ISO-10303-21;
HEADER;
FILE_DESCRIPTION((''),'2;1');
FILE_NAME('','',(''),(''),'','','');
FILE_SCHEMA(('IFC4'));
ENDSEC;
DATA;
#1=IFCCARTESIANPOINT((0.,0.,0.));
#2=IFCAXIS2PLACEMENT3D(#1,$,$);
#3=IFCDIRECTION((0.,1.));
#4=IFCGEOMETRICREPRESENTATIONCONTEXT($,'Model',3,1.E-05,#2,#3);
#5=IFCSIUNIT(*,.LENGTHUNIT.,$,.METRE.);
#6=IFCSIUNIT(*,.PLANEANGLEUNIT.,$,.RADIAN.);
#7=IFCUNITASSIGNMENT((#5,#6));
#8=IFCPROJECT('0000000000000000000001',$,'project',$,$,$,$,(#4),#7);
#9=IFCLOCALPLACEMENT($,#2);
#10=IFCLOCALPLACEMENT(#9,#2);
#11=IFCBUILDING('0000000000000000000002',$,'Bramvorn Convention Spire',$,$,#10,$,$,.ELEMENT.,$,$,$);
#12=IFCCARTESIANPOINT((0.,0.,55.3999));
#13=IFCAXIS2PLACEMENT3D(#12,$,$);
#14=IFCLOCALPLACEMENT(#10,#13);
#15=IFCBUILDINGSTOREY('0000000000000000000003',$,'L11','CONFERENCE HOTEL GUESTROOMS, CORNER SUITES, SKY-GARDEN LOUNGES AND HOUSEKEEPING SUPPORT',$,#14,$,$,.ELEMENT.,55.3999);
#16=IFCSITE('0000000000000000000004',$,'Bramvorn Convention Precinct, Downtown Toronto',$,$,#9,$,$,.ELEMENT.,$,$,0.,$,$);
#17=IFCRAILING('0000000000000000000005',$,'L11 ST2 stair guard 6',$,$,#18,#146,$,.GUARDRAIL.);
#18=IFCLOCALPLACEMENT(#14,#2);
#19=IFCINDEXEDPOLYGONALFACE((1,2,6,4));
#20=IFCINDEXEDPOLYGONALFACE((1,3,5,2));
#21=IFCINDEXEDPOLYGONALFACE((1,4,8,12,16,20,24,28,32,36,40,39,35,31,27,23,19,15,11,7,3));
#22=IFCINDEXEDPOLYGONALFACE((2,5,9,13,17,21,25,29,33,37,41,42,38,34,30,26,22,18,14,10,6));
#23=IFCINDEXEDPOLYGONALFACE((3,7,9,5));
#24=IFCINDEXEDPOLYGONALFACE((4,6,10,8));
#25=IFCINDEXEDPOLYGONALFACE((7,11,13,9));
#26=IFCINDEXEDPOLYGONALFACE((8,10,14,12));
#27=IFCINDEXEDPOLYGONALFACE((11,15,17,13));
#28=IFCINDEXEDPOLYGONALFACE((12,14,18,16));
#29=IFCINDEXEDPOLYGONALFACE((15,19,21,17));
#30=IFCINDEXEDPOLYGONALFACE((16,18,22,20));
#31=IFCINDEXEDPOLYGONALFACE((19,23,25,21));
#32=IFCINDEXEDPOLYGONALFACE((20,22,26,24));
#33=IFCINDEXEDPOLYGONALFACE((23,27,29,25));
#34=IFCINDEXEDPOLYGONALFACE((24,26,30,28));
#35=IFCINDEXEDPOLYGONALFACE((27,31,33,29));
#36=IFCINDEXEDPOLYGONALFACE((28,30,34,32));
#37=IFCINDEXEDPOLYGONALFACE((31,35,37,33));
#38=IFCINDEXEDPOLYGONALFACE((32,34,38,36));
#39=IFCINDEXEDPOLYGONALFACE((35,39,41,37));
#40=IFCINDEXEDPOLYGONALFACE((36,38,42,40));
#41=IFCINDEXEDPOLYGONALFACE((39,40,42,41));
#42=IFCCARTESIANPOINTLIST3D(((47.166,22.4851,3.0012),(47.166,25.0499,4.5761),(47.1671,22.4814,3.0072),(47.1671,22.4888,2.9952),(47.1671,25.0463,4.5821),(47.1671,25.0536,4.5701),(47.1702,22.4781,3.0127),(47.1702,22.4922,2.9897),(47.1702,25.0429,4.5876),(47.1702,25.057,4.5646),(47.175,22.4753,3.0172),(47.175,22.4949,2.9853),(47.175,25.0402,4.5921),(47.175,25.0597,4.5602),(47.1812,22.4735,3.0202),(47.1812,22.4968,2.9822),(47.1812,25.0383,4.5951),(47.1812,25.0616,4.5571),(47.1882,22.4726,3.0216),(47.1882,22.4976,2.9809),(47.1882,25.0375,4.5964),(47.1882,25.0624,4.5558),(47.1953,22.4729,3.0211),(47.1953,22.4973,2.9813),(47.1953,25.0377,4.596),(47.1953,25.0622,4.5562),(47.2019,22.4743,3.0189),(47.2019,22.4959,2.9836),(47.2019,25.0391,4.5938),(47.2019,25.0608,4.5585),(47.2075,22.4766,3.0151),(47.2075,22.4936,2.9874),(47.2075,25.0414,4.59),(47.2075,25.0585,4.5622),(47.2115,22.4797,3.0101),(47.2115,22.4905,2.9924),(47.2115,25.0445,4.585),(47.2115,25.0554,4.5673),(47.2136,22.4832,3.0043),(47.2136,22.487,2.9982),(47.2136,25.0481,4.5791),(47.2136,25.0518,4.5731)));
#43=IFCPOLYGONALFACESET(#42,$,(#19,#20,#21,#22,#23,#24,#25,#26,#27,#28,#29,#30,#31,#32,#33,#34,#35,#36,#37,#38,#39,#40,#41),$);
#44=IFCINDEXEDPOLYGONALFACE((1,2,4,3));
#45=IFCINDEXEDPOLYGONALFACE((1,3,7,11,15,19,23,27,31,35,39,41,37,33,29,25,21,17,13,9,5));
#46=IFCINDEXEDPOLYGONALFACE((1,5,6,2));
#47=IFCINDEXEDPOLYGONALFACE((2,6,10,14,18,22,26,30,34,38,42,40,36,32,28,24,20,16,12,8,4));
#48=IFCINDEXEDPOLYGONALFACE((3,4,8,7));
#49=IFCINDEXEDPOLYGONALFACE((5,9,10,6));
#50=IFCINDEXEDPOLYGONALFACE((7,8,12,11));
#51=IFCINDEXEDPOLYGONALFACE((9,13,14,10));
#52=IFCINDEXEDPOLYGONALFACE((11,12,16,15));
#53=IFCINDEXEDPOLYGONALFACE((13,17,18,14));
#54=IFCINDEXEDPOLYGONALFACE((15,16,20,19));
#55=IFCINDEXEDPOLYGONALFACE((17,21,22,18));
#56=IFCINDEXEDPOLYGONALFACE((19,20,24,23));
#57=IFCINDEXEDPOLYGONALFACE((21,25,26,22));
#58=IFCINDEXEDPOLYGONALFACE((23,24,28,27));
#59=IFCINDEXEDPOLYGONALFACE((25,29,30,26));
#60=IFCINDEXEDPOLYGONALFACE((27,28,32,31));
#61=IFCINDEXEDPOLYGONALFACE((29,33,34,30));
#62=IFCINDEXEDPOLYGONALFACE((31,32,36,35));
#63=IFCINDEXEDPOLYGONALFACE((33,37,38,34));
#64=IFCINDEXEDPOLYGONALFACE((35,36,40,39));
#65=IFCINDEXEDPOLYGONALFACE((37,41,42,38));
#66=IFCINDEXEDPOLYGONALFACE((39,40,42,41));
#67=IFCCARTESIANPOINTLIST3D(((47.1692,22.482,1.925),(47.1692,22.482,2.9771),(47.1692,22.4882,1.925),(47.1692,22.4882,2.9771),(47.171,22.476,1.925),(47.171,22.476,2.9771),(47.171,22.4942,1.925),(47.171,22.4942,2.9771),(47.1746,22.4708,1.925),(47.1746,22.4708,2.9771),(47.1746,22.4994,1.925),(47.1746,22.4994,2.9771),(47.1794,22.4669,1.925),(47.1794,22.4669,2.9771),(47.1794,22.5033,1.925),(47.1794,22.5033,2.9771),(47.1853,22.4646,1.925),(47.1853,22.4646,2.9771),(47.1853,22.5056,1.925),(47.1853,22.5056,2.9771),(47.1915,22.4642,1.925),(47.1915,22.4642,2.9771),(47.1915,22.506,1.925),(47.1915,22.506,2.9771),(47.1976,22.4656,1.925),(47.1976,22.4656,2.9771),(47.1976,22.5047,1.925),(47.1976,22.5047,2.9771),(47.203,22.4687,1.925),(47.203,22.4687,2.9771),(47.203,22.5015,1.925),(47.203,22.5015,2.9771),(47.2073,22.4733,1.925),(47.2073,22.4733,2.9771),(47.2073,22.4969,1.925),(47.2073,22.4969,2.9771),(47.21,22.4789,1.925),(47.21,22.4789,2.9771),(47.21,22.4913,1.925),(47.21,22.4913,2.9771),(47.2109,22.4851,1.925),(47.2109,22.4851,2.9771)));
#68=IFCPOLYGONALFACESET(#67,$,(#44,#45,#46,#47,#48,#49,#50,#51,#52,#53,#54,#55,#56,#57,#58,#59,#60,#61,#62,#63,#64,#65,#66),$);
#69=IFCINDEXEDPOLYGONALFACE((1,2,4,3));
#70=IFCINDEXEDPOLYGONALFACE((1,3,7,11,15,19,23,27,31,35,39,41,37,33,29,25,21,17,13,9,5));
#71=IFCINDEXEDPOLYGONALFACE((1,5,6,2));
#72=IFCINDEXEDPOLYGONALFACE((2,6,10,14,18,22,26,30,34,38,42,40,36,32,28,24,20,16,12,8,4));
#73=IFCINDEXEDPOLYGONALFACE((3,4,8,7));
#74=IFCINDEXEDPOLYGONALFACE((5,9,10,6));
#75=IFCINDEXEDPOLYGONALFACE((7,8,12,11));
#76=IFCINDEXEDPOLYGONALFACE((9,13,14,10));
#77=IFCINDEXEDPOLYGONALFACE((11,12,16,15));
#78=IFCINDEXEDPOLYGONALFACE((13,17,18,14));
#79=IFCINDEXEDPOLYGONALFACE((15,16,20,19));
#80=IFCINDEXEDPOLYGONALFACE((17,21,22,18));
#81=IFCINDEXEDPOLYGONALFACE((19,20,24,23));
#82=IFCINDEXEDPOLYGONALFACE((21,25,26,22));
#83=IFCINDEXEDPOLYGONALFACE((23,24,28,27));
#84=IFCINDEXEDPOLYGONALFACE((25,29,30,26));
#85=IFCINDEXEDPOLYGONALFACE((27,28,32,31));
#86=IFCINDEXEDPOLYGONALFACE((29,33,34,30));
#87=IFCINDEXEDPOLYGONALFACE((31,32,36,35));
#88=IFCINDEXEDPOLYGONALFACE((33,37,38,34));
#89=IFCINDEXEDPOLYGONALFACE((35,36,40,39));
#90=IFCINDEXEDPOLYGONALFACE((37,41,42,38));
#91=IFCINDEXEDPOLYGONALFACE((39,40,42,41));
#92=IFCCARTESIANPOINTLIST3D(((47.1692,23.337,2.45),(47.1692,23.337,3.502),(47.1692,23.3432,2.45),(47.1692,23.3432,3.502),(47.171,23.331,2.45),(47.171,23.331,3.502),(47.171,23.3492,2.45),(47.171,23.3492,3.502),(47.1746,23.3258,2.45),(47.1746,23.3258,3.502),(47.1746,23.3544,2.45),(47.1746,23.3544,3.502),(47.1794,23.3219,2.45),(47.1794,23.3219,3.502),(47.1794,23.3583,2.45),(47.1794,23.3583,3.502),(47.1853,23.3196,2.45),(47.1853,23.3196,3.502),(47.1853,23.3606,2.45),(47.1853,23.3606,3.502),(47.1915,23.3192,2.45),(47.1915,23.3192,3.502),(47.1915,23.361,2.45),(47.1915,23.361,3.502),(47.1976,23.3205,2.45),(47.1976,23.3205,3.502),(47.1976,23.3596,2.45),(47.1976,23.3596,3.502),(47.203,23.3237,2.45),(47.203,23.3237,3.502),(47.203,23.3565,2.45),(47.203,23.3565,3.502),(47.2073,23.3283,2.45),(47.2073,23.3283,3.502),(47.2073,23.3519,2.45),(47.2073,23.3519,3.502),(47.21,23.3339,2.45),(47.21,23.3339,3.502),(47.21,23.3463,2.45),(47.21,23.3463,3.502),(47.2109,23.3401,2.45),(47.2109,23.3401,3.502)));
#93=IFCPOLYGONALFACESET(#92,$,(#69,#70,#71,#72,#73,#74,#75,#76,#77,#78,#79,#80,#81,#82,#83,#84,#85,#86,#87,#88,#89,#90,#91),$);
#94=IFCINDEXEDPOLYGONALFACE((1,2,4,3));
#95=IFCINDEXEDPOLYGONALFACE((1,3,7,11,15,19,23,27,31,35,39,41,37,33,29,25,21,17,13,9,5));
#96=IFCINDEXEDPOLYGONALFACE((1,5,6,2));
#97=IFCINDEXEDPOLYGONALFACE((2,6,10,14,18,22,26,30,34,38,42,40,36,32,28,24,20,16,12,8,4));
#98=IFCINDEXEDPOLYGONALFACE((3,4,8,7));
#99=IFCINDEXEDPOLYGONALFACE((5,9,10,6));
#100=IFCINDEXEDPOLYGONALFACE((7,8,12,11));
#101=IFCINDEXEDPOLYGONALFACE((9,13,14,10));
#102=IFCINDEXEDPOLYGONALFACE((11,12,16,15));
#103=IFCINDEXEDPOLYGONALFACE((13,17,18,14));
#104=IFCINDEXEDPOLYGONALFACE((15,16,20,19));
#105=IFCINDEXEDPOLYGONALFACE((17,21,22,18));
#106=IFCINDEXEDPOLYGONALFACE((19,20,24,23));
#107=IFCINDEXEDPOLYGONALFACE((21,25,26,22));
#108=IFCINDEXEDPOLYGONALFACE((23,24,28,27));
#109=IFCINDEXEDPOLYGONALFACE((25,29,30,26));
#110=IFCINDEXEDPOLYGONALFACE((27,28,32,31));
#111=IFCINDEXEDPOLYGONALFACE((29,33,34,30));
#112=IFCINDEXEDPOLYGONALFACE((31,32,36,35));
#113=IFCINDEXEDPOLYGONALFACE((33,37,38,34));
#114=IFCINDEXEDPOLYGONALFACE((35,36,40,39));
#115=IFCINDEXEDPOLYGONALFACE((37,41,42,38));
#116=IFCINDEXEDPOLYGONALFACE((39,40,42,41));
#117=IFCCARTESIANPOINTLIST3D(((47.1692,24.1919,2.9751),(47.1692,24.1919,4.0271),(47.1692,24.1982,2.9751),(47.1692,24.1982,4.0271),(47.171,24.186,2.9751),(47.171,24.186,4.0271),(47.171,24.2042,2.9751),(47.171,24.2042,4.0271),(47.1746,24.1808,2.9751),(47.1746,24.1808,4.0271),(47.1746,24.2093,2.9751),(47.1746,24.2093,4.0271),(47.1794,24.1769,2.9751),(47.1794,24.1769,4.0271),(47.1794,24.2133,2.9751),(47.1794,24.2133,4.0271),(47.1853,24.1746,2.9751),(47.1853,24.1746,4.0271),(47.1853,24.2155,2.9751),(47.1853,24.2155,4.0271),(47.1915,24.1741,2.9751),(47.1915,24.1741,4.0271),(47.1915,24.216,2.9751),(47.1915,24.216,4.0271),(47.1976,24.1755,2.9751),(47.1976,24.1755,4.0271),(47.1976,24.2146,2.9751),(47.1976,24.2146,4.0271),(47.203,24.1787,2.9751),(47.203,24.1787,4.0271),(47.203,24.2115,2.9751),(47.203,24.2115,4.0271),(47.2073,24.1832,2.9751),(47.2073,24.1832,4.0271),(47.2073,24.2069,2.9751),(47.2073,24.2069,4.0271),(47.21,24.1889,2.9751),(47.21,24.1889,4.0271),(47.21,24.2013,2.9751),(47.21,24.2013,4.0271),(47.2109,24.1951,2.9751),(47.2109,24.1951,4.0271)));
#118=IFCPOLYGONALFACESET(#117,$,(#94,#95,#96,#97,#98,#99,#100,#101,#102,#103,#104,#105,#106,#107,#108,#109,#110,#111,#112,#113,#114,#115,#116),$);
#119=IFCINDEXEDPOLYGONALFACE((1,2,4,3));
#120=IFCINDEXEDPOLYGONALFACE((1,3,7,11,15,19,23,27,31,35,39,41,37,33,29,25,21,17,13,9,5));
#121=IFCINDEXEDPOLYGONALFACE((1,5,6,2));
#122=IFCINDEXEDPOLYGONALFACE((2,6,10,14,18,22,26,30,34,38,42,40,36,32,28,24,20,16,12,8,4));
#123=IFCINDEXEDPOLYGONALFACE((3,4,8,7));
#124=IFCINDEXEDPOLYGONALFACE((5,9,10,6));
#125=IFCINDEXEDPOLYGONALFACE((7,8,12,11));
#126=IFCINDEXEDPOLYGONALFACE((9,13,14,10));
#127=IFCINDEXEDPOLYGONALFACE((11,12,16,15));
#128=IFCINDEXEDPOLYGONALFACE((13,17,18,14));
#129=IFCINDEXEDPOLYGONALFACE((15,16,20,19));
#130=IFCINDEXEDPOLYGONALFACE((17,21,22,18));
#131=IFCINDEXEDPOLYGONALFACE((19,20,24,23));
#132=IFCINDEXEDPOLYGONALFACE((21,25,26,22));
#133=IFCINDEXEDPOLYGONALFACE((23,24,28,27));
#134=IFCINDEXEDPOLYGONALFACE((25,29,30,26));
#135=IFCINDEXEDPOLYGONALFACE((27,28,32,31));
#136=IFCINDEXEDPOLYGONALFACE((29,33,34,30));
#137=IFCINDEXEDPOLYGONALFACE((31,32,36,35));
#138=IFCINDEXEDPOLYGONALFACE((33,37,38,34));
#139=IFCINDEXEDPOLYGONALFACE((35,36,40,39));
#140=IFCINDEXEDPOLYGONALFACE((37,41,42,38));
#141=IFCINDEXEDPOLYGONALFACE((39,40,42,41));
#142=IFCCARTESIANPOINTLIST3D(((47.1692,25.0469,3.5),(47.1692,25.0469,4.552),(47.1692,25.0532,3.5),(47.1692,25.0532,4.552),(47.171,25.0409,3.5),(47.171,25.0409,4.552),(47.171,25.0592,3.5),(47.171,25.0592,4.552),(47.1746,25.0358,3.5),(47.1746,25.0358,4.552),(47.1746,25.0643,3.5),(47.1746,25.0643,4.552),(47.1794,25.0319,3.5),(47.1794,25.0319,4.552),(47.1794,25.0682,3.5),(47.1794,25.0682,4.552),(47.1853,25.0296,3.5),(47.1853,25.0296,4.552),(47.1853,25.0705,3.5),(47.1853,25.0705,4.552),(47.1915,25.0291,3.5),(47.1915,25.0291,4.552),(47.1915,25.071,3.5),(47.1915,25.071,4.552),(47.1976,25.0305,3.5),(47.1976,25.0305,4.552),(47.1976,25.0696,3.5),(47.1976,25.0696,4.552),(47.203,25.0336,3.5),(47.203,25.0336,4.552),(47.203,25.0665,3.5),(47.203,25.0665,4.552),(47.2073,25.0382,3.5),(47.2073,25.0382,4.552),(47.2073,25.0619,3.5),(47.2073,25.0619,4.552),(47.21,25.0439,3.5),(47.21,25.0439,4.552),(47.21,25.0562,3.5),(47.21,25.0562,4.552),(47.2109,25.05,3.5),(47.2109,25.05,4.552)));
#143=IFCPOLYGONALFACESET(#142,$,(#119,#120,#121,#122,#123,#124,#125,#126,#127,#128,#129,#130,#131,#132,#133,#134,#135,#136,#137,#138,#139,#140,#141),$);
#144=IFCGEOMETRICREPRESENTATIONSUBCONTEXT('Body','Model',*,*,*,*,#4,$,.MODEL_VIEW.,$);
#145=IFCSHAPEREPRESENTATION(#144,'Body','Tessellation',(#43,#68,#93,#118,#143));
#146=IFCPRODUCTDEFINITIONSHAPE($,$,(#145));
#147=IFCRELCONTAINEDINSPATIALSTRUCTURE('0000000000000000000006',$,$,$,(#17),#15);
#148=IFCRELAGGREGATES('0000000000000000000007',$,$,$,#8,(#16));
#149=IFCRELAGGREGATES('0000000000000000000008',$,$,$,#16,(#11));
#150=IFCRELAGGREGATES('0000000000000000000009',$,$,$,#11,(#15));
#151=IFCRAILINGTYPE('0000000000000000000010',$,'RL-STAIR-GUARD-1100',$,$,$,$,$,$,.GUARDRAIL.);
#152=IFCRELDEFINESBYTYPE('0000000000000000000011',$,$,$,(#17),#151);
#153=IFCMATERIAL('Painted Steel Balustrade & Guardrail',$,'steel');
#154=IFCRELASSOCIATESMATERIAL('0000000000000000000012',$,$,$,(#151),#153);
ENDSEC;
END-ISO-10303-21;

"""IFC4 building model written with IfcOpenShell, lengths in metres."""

from ifc_helpers import new_model, si_unit, direction, frame, origin, origin_2d, place, context, subcontext, project, spatial, circle, extrude, material, type_object, element, save


model = new_model("IFC4")

# Units and contexts
model_context = context("Model", 3, precision=1e-05, world=origin(), true_north=direction((0.0, 1.0)))
body_context = subcontext(model_context, "Body", "Model", "MODEL_VIEW")
ifc_project = project(units=[si_unit("LENGTHUNIT", "METRE"), si_unit("PLANEANGLEUNIT", "RADIAN")], contexts=[model_context])

# Site, building, storey
site_placement = place(None, origin())
site = spatial("IfcSite", under=ifc_project, at=site_placement, Name="Bramvorn Convention Precinct, Downtown Toronto", CompositionType="ELEMENT", RefElevation=0.0)
building_placement = place(site_placement, origin())
building = spatial("IfcBuilding", under=site, at=building_placement, Name="Bramvorn Convention Spire", CompositionType="ELEMENT")
storey_placement = place(building_placement, frame((0.0, 0.0, 55.3999)))
storey = spatial("IfcBuildingStorey", under=building, at=storey_placement, Name="L11", Description="CONFERENCE HOTEL GUESTROOMS, CORNER SUITES, SKY-GARDEN LOUNGES AND HOUSEKEEPING SUPPORT", CompositionType="ELEMENT", Elevation=55.3999)

# Railing
ifc_material_1 = material(Name="Painted Steel Balustrade & Guardrail", Category="steel")
railing_type_1 = type_object("IfcRailingType", Name="RL-STAIR-GUARD-1100", PredefinedType="GUARDRAIL", material=ifc_material_1)
railing_1_placement = place(storey_placement, frame((47.1899, 22.4851, 1.925)))
element("IfcRailing", 1, at=railing_1_placement, inside=storey, type_object=railing_type_1, Name="L11 ST2 stair guard 6", PredefinedType="GUARDRAIL", context=body_context, shape_type="SweptSolid", body=[
    extrude(circle(Radius=0.0239, at=origin_2d()), frame((0.0, 0.0, 1.0762), z_axis=(0.0, 0.852173, 0.52326), x_axis=(-1.0, 0.0, 0.0)), (0.0, 0.0, 1.0), 3.0098),
    extrude(circle(Radius=0.021, at=origin_2d()), origin(), (0.0, 0.0, 1.0), 1.052),
    extrude(circle(Radius=0.021, at=origin_2d()), frame((0.0, 0.855, 0.5249)), (0.0, 0.0, 1.0), 1.052),
    extrude(circle(Radius=0.021, at=origin_2d()), frame((0.0, 1.71, 1.05)), (0.0, 0.0, 1.0), 1.052),
    extrude(circle(Radius=0.021, at=origin_2d()), frame((0.0, 2.5649, 1.575)), (0.0, 0.0, 1.0), 1.052),
])

save(model, "model.ifc")
